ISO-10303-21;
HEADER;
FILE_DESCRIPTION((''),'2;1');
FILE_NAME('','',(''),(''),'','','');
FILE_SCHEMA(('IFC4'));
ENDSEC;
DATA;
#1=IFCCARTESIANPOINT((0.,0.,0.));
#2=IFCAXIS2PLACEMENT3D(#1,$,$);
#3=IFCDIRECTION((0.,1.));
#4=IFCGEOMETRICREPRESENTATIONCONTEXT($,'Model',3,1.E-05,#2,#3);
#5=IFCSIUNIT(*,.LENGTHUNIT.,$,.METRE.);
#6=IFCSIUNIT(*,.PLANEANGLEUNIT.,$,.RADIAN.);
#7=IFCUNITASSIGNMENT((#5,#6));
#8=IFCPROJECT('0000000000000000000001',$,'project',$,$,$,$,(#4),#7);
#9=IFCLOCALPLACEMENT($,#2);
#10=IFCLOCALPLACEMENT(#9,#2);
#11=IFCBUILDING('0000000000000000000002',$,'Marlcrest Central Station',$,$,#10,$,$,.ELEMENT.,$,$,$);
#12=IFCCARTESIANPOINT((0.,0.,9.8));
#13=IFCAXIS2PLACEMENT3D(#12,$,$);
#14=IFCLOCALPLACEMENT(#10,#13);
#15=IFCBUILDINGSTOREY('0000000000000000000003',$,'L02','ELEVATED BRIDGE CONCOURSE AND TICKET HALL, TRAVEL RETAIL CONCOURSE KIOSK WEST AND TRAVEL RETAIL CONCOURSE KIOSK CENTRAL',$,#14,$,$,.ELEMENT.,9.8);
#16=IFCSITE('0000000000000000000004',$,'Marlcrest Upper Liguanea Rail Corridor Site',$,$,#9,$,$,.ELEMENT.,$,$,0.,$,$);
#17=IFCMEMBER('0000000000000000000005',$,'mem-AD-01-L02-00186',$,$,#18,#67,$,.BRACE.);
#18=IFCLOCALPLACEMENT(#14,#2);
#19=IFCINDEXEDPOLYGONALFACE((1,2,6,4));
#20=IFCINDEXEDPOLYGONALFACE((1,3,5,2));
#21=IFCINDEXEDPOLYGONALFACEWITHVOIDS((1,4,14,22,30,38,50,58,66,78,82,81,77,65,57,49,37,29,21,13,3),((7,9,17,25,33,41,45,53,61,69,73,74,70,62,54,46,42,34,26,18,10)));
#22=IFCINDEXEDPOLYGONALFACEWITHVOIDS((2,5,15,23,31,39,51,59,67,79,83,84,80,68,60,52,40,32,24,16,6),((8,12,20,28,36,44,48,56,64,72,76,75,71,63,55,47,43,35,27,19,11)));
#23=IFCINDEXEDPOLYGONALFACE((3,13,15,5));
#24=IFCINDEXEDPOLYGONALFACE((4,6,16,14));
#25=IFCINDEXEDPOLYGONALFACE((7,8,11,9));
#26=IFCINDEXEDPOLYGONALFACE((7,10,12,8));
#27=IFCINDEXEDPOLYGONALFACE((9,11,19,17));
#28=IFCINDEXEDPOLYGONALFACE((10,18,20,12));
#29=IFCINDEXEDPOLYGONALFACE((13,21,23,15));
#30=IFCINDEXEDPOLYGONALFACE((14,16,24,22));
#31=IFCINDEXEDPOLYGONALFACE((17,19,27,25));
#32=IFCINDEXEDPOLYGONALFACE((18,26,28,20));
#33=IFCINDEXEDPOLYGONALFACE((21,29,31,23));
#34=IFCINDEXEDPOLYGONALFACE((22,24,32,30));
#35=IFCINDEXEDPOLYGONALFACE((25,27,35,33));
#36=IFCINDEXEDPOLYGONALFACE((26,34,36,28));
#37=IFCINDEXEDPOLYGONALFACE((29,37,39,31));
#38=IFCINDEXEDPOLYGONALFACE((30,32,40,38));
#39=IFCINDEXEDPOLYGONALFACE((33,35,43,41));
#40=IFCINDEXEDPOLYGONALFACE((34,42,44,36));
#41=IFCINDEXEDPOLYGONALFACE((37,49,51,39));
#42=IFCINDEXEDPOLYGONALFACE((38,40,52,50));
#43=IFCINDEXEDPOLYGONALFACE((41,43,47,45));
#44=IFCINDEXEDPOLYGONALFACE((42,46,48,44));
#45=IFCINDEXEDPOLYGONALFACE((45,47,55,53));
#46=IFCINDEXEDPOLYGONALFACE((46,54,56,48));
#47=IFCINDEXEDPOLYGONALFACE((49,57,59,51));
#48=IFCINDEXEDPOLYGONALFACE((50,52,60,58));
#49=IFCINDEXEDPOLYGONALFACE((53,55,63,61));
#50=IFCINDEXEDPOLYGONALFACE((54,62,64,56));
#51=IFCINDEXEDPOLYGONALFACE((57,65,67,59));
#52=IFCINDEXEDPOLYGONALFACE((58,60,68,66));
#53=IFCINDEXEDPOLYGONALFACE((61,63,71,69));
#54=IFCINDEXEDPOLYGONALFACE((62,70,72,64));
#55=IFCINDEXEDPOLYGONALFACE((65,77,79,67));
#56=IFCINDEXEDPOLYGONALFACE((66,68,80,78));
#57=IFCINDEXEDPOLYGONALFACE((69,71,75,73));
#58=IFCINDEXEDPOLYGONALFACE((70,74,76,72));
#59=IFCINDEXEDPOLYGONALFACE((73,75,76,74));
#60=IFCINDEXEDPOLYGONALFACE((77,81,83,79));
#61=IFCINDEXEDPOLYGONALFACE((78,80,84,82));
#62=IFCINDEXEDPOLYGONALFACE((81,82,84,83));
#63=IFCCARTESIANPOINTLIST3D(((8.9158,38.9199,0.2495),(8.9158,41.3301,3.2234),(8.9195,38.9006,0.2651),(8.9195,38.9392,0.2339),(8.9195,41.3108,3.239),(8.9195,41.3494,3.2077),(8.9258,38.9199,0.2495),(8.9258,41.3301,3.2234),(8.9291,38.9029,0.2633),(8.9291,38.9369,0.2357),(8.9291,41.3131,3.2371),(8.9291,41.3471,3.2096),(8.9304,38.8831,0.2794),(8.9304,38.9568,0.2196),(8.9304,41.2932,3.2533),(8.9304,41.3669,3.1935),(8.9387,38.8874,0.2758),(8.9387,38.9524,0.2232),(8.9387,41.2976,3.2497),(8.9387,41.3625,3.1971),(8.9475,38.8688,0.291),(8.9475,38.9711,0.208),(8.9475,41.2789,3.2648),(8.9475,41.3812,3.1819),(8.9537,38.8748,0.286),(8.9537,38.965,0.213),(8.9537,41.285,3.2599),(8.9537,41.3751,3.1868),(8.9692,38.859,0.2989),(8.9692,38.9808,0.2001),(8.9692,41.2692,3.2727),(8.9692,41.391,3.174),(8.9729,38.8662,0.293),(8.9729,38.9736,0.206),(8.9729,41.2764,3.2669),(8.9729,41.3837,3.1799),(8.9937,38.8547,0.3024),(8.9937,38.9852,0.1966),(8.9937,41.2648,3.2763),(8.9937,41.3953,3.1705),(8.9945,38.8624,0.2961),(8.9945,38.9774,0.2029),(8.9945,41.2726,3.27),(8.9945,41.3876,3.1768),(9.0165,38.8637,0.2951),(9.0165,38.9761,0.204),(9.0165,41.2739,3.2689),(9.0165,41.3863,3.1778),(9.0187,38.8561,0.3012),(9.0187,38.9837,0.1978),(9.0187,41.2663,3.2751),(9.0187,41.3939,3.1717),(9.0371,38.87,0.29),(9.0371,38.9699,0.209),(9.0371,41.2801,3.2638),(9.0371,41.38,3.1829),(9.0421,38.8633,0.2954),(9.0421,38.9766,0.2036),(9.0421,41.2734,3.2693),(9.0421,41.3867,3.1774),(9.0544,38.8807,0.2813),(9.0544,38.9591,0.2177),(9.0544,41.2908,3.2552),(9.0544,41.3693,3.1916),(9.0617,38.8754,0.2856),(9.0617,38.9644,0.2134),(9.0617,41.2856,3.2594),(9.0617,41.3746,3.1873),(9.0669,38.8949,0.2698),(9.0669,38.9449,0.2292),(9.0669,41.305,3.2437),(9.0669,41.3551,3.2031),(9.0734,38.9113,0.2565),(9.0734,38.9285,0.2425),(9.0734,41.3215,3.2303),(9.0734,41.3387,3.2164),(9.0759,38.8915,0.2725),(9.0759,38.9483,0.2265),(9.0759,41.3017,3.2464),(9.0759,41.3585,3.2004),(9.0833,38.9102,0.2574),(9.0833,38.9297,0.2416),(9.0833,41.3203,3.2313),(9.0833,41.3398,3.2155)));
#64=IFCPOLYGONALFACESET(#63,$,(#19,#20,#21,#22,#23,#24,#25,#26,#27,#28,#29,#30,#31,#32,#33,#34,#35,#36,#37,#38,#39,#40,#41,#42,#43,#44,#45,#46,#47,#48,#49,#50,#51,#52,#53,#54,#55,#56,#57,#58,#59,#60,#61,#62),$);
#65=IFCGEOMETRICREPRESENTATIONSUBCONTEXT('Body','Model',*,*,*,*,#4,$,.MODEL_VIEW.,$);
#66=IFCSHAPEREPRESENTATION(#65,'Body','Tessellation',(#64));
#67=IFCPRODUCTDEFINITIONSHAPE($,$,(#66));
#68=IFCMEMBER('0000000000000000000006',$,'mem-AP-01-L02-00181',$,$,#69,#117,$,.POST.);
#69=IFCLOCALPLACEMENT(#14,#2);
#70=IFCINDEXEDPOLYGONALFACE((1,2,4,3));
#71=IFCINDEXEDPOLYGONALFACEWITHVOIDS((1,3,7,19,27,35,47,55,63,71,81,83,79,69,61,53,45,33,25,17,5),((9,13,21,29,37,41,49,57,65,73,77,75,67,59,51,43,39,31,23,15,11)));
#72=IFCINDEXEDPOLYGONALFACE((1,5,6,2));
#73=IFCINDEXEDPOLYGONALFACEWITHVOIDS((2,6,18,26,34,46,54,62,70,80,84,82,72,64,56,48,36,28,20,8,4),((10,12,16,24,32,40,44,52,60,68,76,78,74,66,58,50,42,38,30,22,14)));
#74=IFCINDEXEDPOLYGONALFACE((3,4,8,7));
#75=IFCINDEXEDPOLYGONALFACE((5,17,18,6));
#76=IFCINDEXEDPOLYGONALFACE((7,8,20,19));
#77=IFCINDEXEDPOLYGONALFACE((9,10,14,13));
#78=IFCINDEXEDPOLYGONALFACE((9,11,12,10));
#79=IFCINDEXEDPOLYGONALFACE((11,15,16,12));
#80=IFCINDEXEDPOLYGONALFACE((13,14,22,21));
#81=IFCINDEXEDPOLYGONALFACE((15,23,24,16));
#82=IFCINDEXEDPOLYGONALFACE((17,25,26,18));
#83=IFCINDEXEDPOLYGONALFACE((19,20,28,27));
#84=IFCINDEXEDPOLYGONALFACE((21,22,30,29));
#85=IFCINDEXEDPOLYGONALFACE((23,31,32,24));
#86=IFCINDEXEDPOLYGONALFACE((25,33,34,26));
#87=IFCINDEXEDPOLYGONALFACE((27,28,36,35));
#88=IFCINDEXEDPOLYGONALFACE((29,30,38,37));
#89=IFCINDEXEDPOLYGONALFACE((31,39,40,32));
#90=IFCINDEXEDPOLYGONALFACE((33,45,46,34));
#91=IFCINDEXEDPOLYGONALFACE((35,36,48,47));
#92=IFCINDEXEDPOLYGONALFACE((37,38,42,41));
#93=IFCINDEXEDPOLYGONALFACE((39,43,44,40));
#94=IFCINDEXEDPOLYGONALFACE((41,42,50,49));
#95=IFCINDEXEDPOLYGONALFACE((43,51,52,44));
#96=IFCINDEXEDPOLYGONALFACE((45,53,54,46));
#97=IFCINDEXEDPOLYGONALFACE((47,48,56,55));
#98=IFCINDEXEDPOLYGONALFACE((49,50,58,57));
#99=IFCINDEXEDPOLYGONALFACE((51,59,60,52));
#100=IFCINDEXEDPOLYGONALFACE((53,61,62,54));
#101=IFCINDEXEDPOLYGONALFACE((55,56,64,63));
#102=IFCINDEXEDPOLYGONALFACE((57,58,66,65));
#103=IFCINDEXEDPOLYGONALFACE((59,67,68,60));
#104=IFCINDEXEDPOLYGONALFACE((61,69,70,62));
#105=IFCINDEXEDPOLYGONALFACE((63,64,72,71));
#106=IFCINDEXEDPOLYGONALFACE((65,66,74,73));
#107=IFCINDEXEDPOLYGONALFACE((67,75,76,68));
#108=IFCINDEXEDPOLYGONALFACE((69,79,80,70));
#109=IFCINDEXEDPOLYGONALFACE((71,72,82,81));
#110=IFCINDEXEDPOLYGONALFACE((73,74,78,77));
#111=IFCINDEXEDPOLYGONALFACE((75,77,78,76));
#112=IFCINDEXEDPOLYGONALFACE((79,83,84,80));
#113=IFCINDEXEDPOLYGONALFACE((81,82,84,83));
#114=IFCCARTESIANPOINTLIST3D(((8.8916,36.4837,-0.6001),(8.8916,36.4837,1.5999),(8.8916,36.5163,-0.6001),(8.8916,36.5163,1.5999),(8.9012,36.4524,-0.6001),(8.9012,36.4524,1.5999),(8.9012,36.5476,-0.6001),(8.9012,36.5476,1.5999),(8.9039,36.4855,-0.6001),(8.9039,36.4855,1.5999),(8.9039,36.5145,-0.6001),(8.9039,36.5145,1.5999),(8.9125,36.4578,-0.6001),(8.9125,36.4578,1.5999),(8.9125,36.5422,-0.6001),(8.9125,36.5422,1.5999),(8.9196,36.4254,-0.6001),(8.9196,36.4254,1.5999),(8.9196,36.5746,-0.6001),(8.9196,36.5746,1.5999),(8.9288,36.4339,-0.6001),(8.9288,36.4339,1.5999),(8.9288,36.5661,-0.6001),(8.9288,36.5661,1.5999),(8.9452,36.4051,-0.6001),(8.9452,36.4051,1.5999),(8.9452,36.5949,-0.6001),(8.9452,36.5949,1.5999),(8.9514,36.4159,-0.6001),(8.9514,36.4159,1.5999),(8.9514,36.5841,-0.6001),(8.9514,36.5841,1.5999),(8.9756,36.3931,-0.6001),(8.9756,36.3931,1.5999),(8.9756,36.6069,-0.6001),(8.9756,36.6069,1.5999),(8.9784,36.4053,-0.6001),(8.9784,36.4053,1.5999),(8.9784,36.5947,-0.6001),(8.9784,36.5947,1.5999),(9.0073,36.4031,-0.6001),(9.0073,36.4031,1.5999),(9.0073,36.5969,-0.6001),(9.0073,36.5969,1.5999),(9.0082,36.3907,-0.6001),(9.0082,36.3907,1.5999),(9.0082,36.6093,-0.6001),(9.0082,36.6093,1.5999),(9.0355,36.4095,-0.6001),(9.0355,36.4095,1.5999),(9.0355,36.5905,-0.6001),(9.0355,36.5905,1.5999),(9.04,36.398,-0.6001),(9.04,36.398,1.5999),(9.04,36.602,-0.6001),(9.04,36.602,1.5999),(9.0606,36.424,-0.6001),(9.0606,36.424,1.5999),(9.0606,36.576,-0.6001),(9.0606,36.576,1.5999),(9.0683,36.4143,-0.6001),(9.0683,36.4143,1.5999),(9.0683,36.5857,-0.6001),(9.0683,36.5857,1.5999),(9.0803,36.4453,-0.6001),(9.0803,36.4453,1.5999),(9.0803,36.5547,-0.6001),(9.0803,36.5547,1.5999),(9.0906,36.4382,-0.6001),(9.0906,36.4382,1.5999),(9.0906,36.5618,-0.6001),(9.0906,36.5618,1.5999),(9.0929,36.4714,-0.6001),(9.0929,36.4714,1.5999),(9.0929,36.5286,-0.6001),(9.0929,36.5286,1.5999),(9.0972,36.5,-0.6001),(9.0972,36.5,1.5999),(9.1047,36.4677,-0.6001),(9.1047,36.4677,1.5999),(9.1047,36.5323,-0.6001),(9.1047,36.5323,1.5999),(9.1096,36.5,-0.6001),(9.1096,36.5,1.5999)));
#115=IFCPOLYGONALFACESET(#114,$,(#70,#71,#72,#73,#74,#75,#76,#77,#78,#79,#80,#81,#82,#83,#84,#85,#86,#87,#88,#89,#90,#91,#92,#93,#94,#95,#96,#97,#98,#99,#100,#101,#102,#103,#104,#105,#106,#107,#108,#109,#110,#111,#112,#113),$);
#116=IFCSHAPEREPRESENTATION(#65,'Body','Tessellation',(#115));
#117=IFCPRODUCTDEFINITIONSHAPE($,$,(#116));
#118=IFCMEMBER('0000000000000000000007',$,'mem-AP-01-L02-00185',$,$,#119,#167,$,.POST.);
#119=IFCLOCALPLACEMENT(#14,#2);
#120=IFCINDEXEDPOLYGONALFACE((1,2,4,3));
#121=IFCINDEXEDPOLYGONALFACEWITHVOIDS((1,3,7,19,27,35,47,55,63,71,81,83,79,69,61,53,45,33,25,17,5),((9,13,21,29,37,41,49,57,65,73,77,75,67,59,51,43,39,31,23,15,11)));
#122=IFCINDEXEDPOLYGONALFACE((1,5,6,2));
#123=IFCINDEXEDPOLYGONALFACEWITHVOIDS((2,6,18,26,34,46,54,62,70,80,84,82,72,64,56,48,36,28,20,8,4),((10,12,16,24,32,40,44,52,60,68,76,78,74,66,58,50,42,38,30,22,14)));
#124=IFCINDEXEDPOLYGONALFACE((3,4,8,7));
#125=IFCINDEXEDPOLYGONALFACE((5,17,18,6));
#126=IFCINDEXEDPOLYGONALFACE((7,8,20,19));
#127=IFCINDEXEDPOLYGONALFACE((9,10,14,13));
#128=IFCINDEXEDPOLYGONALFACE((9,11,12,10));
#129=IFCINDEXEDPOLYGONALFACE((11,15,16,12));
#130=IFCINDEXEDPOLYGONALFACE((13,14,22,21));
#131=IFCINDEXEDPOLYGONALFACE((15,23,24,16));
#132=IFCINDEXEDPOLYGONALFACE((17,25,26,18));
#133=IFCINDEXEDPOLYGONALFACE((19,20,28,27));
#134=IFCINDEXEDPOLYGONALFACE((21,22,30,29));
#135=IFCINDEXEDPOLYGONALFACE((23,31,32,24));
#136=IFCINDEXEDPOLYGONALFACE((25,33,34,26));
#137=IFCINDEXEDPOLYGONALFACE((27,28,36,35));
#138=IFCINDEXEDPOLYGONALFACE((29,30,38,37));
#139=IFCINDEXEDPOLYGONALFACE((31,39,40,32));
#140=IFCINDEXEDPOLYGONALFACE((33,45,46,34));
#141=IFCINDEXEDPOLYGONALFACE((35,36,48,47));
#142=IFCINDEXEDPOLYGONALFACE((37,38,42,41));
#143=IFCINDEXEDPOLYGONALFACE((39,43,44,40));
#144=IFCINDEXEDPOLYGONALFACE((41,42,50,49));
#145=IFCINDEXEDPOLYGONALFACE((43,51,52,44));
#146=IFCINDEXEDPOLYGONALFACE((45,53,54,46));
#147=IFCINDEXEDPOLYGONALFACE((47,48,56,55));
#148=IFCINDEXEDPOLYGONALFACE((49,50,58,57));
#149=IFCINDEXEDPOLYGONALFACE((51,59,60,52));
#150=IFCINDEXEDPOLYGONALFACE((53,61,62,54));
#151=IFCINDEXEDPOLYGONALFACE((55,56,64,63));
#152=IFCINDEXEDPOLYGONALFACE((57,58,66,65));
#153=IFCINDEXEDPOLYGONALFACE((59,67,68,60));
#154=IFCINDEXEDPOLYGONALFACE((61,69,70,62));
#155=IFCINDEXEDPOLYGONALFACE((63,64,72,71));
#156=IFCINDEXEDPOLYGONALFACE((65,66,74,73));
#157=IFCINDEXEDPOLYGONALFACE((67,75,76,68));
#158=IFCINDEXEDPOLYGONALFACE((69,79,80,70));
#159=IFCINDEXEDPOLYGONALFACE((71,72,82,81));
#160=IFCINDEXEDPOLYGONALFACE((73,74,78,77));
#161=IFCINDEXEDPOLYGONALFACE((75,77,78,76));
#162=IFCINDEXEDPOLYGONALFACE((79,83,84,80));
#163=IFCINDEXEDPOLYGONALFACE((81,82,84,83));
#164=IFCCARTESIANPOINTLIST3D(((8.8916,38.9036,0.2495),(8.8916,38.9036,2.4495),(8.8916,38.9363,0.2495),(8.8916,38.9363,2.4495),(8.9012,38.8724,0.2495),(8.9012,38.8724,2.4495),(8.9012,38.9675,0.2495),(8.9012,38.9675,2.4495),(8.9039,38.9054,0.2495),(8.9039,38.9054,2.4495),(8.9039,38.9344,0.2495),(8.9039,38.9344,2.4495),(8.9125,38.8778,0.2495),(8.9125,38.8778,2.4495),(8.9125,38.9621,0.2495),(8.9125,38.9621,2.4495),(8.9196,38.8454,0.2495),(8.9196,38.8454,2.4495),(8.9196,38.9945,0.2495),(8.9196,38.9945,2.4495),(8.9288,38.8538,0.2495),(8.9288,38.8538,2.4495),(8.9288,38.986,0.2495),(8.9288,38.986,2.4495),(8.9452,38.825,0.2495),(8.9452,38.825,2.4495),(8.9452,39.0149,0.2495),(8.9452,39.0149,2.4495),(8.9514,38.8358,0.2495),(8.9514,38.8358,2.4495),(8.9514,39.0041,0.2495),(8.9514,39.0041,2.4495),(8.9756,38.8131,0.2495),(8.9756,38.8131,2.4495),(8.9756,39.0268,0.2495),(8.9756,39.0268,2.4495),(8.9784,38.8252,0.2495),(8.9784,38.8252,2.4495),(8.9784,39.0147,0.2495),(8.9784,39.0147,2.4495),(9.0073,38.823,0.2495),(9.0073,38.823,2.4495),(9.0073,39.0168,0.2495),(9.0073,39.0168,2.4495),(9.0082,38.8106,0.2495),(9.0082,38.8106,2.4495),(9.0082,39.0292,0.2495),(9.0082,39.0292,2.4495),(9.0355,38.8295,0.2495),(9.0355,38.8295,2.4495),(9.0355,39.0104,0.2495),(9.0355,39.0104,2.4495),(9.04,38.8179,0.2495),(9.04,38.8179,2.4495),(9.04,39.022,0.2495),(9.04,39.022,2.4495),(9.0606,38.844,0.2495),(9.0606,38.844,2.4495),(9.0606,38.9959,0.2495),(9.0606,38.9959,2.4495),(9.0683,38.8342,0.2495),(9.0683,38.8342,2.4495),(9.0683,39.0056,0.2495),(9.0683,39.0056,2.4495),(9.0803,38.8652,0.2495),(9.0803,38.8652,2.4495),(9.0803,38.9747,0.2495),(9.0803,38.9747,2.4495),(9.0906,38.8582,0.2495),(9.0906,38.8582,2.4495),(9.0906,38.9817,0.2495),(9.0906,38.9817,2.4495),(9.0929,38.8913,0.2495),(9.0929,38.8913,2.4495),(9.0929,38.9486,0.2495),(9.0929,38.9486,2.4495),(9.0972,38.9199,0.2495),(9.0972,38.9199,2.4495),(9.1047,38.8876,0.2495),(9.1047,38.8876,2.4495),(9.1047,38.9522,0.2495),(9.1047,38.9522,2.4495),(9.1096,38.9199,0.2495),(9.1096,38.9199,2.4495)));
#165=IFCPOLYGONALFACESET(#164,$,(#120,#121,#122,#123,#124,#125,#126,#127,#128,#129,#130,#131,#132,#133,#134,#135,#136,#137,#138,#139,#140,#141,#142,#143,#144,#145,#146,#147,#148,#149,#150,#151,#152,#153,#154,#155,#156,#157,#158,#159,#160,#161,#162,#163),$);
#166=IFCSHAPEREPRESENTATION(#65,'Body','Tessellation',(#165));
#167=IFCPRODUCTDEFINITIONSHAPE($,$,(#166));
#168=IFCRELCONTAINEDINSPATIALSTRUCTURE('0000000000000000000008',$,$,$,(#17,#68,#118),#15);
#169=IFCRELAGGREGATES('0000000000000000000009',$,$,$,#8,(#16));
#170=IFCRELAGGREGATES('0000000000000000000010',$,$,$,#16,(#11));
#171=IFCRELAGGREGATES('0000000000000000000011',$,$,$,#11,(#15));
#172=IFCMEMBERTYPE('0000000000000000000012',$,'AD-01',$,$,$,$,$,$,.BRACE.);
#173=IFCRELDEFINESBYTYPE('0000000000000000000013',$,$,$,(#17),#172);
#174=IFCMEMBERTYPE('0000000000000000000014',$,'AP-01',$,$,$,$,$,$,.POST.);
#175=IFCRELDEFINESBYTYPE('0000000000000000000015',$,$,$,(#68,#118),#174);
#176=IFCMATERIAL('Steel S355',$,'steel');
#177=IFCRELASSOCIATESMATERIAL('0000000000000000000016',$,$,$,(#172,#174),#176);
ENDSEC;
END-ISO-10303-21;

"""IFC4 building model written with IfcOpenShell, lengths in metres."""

from ifc_helpers import new_model, si_unit, direction, frame, origin, origin_2d, place, context, subcontext, project, spatial, hollow_circle, extrude, material, material_profile, profile_set, type_object, element, save


model = new_model("IFC4")

# Units and contexts
model_context = context("Model", 3, precision=1e-05, world=origin(), true_north=direction((0.0, 1.0)))
body_context = subcontext(model_context, "Body", "Model", "MODEL_VIEW")
ifc_project = project(units=[si_unit("LENGTHUNIT", "METRE"), si_unit("PLANEANGLEUNIT", "RADIAN")], contexts=[model_context])

# Site, building, storey
site_placement = place(None, origin())
site = spatial("IfcSite", under=ifc_project, at=site_placement, Name="Marlcrest Upper Liguanea Rail Corridor Site", CompositionType="ELEMENT", RefElevation=0.0)
building_placement = place(site_placement, origin())
building = spatial("IfcBuilding", under=site, at=building_placement, Name="Marlcrest Central Station", CompositionType="ELEMENT")
storey_placement = place(building_placement, frame((0.0, 0.0, 9.8)))
storey = spatial("IfcBuildingStorey", under=building, at=storey_placement, Name="L02", Description="ELEVATED BRIDGE CONCOURSE AND TICKET HALL, TRAVEL RETAIL CONCOURSE KIOSK WEST AND TRAVEL RETAIL CONCOURSE KIOSK CENTRAL", CompositionType="ELEMENT", Elevation=9.8)

# Members
ifc_material_1 = material(Name="Steel S355", Category="steel")
ifc_material_profile_1 = material_profile(ifc_material_1, hollow_circle(Radius=0.0842, WallThickness=0.01, at=origin_2d()), Name="CHS 168.3x10")
ifc_profile_set_1 = profile_set([ifc_material_profile_1], Name="Steel S355")
member_type_1 = type_object("IfcMemberType", Name="AD-01", PredefinedType="BRACE", material=ifc_profile_set_1)
member_1_placement = place(storey_placement, frame((9.0, 38.9199, 0.2495), z_axis=(0.0, 0.629629, 0.776896), x_axis=(-1.0, 0.0, 0.0)))
element("IfcMember", 1, at=member_1_placement, inside=storey, type_object=member_type_1, Name="mem-AD-01-L02-00186", PredefinedType="BRACE", context=body_context, shape_type="SweptSolid", body=[
    extrude(hollow_circle(Radius=0.0842, WallThickness=0.01, at=origin_2d()), origin(), (0.0, 0.0, 1.0), 3.8279),
])
ifc_material_profile_2 = material_profile(ifc_material_1, hollow_circle(Radius=0.1096, WallThickness=0.0125, at=origin_2d()), Name="CHS 219.1x12.5")
ifc_profile_set_2 = profile_set([ifc_material_profile_2], Name="Steel S355")
member_type_2 = type_object("IfcMemberType", Name="AP-01", PredefinedType="POST", material=ifc_profile_set_2)
for number, where, z_axis, x_axis, name in (
    (2, (9.0, 36.5, -0.6001), (0.0, 0.0, 1.0), (1.0, 0.0, 0.0), "mem-AP-01-L02-00181"),
    (3, (9.0, 38.9199, 0.2495), (0.0, 0.0, 1.0), (1.0, 0.0, 0.0), "mem-AP-01-L02-00185"),
):
    element("IfcMember", number, at=place(storey_placement, frame(where, z_axis=z_axis, x_axis=x_axis)), inside=storey, type_object=member_type_2, Name=name, PredefinedType="POST", context=body_context, shape_type="SweptSolid", body=[
        extrude(hollow_circle(Radius=0.1096, WallThickness=0.0125, at=origin_2d()), origin(), (0.0, 0.0, 1.0), 2.2),
    ])

save(model, "model.ifc")
